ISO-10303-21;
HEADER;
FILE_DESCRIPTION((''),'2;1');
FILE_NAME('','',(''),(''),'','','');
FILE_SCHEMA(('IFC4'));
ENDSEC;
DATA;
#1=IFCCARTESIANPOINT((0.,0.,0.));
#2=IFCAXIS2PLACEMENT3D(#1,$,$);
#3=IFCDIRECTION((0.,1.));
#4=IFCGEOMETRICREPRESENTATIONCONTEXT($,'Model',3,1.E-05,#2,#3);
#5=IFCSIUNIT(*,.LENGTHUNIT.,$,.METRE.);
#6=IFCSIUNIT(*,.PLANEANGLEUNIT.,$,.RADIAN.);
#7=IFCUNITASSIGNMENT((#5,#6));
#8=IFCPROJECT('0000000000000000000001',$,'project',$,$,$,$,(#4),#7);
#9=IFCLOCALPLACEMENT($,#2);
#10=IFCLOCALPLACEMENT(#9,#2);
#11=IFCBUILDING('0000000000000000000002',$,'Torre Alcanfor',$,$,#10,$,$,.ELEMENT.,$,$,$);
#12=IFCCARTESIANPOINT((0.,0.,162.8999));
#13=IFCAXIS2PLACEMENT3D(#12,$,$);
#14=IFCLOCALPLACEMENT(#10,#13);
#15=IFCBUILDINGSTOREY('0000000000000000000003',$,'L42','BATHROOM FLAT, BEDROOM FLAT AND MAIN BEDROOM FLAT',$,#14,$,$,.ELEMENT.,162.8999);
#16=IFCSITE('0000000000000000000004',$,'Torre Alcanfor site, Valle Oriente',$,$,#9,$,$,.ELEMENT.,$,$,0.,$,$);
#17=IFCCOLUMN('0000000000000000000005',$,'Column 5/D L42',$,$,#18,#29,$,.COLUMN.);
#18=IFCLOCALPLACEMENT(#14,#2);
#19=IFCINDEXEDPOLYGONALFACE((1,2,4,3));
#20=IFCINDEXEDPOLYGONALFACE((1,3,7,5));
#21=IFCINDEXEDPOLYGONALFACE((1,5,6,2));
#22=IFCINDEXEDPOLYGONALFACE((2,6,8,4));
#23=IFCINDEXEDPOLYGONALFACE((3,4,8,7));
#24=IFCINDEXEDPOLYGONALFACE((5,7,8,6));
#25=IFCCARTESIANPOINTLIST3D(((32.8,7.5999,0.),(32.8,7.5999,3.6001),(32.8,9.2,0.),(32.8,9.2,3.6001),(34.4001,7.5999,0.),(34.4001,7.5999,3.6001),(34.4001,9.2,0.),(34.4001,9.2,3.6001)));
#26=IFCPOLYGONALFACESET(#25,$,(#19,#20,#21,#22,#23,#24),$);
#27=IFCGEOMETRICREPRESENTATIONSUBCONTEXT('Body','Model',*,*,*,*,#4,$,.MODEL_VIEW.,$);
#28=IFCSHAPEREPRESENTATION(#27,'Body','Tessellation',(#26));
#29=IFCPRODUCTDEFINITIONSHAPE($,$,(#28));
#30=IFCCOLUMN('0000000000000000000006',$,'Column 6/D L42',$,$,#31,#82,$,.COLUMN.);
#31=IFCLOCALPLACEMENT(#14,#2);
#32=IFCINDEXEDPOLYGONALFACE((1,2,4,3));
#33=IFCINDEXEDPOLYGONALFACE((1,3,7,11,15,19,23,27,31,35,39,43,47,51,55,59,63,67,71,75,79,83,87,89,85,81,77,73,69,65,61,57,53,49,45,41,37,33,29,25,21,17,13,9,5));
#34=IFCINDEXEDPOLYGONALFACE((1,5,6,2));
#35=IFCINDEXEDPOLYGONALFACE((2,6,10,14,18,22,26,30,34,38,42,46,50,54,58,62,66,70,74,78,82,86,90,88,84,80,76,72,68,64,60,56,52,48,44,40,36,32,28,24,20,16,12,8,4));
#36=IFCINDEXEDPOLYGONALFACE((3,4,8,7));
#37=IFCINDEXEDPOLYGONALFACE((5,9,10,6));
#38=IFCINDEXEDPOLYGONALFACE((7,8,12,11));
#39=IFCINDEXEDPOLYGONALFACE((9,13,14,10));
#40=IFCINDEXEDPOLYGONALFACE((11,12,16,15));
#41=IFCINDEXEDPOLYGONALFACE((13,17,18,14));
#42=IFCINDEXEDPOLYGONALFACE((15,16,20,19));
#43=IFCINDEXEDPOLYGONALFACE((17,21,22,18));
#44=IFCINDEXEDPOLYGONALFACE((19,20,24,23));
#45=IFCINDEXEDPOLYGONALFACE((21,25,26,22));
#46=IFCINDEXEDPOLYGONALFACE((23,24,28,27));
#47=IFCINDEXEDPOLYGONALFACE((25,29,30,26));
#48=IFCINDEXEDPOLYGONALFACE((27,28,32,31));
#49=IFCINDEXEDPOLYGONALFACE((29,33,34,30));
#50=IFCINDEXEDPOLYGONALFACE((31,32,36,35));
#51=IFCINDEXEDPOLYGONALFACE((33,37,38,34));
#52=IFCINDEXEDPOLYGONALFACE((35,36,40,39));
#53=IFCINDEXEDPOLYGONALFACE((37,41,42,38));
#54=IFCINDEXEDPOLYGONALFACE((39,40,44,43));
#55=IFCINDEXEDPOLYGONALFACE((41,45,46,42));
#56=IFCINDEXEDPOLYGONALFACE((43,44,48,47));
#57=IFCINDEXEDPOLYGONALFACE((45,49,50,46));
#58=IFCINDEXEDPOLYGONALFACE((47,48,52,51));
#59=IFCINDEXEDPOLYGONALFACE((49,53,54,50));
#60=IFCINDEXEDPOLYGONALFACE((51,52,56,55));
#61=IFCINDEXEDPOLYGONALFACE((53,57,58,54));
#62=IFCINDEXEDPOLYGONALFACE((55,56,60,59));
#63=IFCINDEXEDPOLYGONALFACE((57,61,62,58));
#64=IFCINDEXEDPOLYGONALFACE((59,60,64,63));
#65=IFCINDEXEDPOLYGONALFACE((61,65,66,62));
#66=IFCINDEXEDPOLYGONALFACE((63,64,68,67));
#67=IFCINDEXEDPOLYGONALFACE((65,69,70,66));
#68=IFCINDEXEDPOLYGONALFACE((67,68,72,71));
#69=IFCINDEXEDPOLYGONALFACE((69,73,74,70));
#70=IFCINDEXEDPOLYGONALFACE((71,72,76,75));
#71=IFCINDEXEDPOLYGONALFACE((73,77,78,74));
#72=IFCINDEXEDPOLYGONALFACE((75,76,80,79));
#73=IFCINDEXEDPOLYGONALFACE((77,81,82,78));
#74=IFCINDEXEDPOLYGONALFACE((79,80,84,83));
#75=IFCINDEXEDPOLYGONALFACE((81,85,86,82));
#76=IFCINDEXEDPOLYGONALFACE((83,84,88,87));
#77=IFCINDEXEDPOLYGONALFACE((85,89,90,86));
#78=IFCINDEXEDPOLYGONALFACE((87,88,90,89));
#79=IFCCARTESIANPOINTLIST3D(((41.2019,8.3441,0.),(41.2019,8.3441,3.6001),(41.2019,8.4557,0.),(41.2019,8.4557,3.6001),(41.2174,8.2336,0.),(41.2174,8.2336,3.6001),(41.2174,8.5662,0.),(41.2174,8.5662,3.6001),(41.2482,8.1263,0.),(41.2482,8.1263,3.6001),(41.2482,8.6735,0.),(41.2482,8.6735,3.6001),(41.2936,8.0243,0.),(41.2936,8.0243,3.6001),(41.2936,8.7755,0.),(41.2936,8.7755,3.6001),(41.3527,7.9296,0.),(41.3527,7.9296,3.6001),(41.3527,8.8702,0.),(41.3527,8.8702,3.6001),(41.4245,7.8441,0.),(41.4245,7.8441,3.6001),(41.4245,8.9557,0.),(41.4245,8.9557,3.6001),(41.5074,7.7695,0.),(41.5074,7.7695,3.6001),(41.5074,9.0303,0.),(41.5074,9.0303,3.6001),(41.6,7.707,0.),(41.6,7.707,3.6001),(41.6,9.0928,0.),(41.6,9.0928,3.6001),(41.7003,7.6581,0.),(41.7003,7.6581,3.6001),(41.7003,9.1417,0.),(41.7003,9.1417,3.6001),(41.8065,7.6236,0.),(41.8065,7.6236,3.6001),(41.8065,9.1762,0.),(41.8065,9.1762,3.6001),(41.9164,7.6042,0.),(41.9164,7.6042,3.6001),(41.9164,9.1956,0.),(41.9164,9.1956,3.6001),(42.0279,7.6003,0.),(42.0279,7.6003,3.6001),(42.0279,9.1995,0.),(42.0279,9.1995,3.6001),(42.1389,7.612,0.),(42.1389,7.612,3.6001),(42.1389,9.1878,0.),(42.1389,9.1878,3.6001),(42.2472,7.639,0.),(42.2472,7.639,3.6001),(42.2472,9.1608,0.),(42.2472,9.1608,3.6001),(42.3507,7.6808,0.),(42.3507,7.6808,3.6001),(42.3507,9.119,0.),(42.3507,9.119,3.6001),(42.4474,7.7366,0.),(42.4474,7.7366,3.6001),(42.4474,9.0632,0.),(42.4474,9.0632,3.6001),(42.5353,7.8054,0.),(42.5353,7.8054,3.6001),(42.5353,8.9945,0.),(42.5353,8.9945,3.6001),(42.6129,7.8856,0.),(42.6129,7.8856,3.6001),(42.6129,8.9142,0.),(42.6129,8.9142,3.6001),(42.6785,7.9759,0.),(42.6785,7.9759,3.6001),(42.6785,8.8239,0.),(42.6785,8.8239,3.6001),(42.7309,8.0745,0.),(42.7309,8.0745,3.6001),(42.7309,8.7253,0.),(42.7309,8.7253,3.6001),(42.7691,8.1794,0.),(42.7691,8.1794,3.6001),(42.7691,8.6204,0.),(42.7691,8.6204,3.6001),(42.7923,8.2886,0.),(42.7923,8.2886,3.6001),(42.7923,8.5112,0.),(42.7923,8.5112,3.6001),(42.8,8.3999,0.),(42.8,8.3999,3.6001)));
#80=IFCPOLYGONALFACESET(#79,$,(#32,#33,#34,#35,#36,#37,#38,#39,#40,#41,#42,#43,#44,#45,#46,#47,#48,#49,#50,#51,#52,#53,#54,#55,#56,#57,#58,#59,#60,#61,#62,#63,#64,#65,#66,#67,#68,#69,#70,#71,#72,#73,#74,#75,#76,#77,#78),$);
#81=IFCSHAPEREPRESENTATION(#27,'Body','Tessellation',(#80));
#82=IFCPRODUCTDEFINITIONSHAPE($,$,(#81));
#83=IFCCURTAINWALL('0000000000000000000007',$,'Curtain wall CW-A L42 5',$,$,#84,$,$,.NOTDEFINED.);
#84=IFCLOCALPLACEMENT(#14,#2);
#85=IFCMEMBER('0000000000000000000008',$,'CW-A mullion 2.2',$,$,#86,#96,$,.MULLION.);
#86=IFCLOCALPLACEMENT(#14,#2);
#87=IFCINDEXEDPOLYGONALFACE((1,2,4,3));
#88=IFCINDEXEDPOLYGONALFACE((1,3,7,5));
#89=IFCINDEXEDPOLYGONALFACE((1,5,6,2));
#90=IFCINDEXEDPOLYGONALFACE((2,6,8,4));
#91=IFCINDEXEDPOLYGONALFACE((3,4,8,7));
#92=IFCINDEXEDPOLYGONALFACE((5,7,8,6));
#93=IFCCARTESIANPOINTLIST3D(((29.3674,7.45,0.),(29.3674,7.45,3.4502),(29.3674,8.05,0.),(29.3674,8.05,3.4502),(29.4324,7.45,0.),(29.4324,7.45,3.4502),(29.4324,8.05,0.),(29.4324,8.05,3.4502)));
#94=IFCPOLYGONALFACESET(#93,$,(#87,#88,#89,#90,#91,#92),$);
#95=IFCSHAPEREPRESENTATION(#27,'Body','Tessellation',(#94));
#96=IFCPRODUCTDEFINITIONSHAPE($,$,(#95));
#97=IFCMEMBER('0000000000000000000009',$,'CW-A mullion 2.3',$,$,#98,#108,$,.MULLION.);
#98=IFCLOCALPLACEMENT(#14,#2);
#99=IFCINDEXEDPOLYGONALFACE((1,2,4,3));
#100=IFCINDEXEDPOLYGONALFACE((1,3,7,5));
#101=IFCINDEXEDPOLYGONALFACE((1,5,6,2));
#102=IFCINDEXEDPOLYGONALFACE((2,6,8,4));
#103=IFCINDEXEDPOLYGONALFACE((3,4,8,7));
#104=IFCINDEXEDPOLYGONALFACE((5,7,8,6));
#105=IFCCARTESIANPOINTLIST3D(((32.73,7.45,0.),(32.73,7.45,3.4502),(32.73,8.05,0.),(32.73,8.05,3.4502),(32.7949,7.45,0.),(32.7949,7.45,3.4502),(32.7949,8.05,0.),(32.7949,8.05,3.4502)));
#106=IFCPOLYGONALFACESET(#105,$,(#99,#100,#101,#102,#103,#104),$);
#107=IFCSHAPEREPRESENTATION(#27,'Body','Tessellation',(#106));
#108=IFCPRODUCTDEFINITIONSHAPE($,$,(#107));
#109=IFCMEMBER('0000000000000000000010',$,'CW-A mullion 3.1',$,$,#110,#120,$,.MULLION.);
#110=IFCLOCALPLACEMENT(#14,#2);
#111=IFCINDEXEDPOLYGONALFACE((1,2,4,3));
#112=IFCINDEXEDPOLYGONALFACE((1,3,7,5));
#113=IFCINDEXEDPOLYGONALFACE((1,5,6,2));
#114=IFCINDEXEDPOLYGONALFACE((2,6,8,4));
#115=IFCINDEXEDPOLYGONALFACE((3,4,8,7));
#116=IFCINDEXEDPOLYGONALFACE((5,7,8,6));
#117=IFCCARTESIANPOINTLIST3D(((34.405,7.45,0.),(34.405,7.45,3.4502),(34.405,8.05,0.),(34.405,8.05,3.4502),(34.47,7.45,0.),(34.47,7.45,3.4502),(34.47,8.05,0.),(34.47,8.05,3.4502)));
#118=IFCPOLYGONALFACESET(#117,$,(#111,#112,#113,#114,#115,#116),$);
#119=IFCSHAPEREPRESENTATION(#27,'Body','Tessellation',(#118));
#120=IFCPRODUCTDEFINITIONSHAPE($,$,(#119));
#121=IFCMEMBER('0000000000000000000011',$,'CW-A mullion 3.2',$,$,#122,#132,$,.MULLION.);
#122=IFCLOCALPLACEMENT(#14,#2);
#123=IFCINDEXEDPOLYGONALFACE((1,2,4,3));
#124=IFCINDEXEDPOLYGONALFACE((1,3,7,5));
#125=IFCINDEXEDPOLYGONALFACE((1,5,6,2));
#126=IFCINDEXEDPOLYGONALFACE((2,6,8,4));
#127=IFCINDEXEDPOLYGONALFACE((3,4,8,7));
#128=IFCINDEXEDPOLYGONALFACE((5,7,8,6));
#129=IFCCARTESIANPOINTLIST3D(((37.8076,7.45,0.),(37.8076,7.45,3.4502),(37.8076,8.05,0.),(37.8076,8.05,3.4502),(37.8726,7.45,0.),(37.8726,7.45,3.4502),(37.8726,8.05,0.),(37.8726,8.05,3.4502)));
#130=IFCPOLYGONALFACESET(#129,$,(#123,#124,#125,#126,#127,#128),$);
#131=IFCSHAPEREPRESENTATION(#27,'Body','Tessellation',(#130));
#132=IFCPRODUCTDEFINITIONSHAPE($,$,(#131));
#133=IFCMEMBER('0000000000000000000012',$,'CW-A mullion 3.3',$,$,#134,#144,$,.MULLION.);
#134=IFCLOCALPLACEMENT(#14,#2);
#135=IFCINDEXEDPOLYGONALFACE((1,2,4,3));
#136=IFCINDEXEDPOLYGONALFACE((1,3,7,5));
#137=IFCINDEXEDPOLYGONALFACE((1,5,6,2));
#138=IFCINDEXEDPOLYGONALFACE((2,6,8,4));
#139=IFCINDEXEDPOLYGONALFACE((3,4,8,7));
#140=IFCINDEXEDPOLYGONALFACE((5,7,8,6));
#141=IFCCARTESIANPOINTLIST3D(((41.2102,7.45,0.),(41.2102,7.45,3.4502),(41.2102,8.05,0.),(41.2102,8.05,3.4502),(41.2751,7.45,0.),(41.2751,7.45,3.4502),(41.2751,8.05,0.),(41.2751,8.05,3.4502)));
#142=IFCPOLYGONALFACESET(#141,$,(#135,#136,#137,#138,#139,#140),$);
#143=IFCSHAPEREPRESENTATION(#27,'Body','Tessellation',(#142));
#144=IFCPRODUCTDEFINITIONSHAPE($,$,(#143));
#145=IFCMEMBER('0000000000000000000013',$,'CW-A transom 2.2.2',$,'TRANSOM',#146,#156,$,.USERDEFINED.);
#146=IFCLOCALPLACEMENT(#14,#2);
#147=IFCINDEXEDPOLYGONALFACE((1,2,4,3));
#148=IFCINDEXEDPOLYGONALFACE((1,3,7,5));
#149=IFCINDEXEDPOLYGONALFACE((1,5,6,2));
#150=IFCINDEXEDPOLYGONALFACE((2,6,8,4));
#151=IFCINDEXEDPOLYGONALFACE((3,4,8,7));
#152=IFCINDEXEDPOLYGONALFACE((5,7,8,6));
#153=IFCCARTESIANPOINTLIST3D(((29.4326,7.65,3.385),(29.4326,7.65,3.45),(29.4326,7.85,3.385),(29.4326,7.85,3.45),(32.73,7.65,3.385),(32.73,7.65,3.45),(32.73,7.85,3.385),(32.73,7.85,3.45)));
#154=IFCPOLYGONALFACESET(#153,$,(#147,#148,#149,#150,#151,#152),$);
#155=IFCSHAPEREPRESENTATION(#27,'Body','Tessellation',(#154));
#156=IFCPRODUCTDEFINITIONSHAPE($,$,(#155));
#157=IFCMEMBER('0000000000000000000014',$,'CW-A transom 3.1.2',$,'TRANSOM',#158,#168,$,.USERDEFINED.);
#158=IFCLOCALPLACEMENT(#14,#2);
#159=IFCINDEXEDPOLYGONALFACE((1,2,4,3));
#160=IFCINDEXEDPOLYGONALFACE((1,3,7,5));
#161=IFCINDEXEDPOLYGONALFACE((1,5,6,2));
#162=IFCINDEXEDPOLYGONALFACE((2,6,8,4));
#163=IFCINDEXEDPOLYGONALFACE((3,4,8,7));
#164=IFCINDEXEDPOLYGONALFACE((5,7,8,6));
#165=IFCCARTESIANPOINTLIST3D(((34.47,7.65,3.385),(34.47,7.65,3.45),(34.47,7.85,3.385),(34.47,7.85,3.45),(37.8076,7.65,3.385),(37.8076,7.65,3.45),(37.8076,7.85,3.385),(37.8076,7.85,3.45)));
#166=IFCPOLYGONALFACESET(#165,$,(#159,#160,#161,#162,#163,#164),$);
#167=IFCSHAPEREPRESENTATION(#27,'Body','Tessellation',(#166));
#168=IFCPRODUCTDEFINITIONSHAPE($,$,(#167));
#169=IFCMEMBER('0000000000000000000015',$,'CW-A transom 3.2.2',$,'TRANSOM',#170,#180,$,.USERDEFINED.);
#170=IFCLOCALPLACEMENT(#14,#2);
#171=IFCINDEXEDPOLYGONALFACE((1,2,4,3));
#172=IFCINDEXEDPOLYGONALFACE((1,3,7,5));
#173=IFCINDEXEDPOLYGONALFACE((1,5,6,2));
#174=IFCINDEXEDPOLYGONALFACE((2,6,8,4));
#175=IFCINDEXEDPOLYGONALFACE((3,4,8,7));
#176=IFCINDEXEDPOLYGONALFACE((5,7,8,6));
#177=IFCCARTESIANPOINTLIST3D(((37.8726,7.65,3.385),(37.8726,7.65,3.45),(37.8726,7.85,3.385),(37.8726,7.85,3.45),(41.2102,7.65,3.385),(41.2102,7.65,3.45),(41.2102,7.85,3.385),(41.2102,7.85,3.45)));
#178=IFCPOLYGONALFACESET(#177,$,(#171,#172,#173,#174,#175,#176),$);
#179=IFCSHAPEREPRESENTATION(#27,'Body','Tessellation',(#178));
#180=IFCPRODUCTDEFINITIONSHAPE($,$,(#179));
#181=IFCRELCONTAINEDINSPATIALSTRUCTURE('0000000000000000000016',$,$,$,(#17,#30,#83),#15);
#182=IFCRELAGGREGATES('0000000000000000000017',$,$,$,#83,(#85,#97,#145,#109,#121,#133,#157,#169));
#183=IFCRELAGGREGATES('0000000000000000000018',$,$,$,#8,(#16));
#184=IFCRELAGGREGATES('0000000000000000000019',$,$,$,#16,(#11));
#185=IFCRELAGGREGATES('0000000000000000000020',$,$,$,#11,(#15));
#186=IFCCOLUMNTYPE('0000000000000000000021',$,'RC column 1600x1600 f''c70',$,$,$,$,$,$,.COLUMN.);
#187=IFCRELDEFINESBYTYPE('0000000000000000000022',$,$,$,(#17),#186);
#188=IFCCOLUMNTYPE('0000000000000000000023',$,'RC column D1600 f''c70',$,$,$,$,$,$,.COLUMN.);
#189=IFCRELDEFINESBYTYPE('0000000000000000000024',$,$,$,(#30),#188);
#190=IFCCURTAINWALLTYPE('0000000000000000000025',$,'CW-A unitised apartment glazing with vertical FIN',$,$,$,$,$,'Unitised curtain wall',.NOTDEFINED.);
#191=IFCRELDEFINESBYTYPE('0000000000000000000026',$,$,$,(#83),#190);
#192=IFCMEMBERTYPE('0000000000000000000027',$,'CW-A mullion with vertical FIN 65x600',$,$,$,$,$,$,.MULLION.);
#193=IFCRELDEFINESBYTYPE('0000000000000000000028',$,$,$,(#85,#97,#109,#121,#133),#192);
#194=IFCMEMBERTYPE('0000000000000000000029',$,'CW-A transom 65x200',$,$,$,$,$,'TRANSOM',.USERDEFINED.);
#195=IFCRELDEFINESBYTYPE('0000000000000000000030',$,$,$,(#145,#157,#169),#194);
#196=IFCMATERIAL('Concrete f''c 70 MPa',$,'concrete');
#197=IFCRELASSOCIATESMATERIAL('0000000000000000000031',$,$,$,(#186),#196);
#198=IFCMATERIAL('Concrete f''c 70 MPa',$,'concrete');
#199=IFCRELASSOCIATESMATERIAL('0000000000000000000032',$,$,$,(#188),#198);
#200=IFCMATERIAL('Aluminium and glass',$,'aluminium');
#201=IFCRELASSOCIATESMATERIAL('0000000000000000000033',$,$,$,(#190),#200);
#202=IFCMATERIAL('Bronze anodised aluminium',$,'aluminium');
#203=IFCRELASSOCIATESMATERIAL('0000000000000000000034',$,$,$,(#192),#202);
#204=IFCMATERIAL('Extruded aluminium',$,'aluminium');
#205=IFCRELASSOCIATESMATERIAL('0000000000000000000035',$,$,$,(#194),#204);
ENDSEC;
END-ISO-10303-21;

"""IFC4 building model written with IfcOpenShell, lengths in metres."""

from ifc_helpers import new_model, si_unit, direction, frame, origin, origin_2d, place, context, subcontext, project, spatial, rectangle, circle, extrude, material, material_profile, profile_set, type_object, element, aggregate, save


model = new_model("IFC4")

# Units and contexts
model_context = context("Model", 3, precision=1e-05, world=origin(), true_north=direction((0.0, 1.0)))
body_context = subcontext(model_context, "Body", "Model", "MODEL_VIEW")
ifc_project = project(units=[si_unit("LENGTHUNIT", "METRE"), si_unit("PLANEANGLEUNIT", "RADIAN")], contexts=[model_context])

# Site, building, storey
site_placement = place(None, origin())
site = spatial("IfcSite", under=ifc_project, at=site_placement, Name="Torre Alcanfor site, Valle Oriente", CompositionType="ELEMENT", RefElevation=0.0)
building_placement = place(site_placement, origin())
building = spatial("IfcBuilding", under=site, at=building_placement, Name="Torre Alcanfor", CompositionType="ELEMENT")
storey_placement = place(building_placement, frame((0.0, 0.0, 162.8999)))
storey = spatial("IfcBuildingStorey", under=building, at=storey_placement, Name="L42", Description="BATHROOM FLAT, BEDROOM FLAT AND MAIN BEDROOM FLAT", CompositionType="ELEMENT", Elevation=162.8999)

# Columns
ifc_material_1 = material(Name="Concrete f'c 70 MPa", Category="concrete")
ifc_material_profile_1 = material_profile(ifc_material_1, rectangle(XDim=1.6001, YDim=1.6001, at=origin_2d()), Name="1600x1600")
ifc_profile_set_1 = profile_set([ifc_material_profile_1], Name="Concrete f'c 70 MPa")
column_type_1 = type_object("IfcColumnType", Name="RC column 1600x1600 f'c70", PredefinedType="COLUMN", material=ifc_profile_set_1)
column_1_placement = place(storey_placement, frame((33.6001, 8.3999, 0.0), z_axis=(0.0, 0.0, 1.0), x_axis=(1.0, 0.0, 0.0)))
element("IfcColumn", 1, at=column_1_placement, inside=storey, type_object=column_type_1, Name="Column 5/D L42", PredefinedType="COLUMN", context=body_context, shape_type="SweptSolid", body=[
    extrude(rectangle(XDim=1.6001, YDim=1.6001, at=origin_2d()), origin(), (0.0, 0.0, 1.0), 3.6001),
])
ifc_material_2 = material(Name="Concrete f'c 70 MPa", Category="concrete")
ifc_material_profile_2 = material_profile(ifc_material_2, circle(Radius=0.8, at=origin_2d()), Name="D1600")
ifc_profile_set_2 = profile_set([ifc_material_profile_2], Name="Concrete f'c 70 MPa")
column_type_2 = type_object("IfcColumnType", Name="RC column D1600 f'c70", PredefinedType="COLUMN", material=ifc_profile_set_2)
column_2_placement = place(storey_placement, frame((42.0, 8.3999, 0.0), z_axis=(0.0, 0.0, 1.0), x_axis=(1.0, 0.0, 0.0)))
element("IfcColumn", 2, at=column_2_placement, inside=storey, type_object=column_type_2, Name="Column 6/D L42", PredefinedType="COLUMN", context=body_context, shape_type="SweptSolid", body=[
    extrude(circle(Radius=0.8, at=origin_2d()), origin(), (0.0, 0.0, 1.0), 3.6001),
])

# Curtain wall, members
ifc_material_3 = material(Name="Aluminium and glass", Category="aluminium")
curtain_wall_type = type_object("IfcCurtainWallType", Name="CW-A unitised apartment glazing with vertical FIN", ElementType="Unitised curtain wall", PredefinedType="NOTDEFINED", material=ifc_material_3)
curtain_wall_placement = place(storey_placement, origin())
curtain_wall = element("IfcCurtainWall", 3, at=curtain_wall_placement, inside=storey, type_object=curtain_wall_type, Name="Curtain wall CW-A L42 5", PredefinedType="NOTDEFINED")
ifc_material_4 = material(Name="Bronze anodised aluminium", Category="aluminium")
ifc_material_profile_3 = material_profile(ifc_material_4, rectangle(XDim=0.6001, YDim=0.0649, at=origin_2d()), Name="CW-A mullion 65x600")
ifc_profile_set_3 = profile_set([ifc_material_profile_3], Name="Bronze anodised aluminium")
member_type_1 = type_object("IfcMemberType", Name="CW-A mullion with vertical FIN 65x600", PredefinedType="MULLION", material=ifc_profile_set_3)
member_1_placement = place(storey_placement, frame((29.3999, 7.75, 0.0), z_axis=(0.0, 0.0, 1.0), x_axis=(0.0, 1.0, 0.0)))
member_1 = element("IfcMember", 4, at=member_1_placement, type_object=member_type_1, Name="CW-A mullion 2.2", PredefinedType="MULLION", context=body_context, shape_type="SweptSolid", body=[
    extrude(rectangle(XDim=0.6001, YDim=0.0649, at=origin_2d()), origin(), (0.0, 0.0, 1.0), 3.4502),
])
member_2_placement = place(storey_placement, frame((32.7625, 7.75, 0.0), z_axis=(0.0, 0.0, 1.0), x_axis=(0.0, 1.0, 0.0)))
member_2 = element("IfcMember", 5, at=member_2_placement, type_object=member_type_1, Name="CW-A mullion 2.3", PredefinedType="MULLION", context=body_context, shape_type="SweptSolid", body=[
    extrude(rectangle(XDim=0.6001, YDim=0.0649, at=origin_2d()), origin(), (0.0, 0.0, 1.0), 3.4502),
])
member_3_placement = place(storey_placement, frame((34.4375, 7.75, 0.0), z_axis=(0.0, 0.0, 1.0), x_axis=(0.0, 1.0, 0.0)))
member_3 = element("IfcMember", 6, at=member_3_placement, type_object=member_type_1, Name="CW-A mullion 3.1", PredefinedType="MULLION", context=body_context, shape_type="SweptSolid", body=[
    extrude(rectangle(XDim=0.6001, YDim=0.0649, at=origin_2d()), origin(), (0.0, 0.0, 1.0), 3.4502),
])
member_4_placement = place(storey_placement, frame((37.8401, 7.75, 0.0), z_axis=(0.0, 0.0, 1.0), x_axis=(0.0, 1.0, 0.0)))
member_4 = element("IfcMember", 7, at=member_4_placement, type_object=member_type_1, Name="CW-A mullion 3.2", PredefinedType="MULLION", context=body_context, shape_type="SweptSolid", body=[
    extrude(rectangle(XDim=0.6001, YDim=0.0649, at=origin_2d()), origin(), (0.0, 0.0, 1.0), 3.4502),
])
member_5_placement = place(storey_placement, frame((41.2427, 7.75, 0.0), z_axis=(0.0, 0.0, 1.0), x_axis=(0.0, 1.0, 0.0)))
member_5 = element("IfcMember", 8, at=member_5_placement, type_object=member_type_1, Name="CW-A mullion 3.3", PredefinedType="MULLION", context=body_context, shape_type="SweptSolid", body=[
    extrude(rectangle(XDim=0.6001, YDim=0.0649, at=origin_2d()), origin(), (0.0, 0.0, 1.0), 3.4502),
])
ifc_material_5 = material(Name="Extruded aluminium", Category="aluminium")
ifc_material_profile_4 = material_profile(ifc_material_5, rectangle(XDim=0.2, YDim=0.0649, at=origin_2d()), Name="CW-A transom 200x65")
ifc_profile_set_4 = profile_set([ifc_material_profile_4], Name="Extruded aluminium")
member_type_2 = type_object("IfcMemberType", Name="CW-A transom 65x200", ElementType="TRANSOM", PredefinedType="USERDEFINED", material=ifc_profile_set_4)
member_6_placement = place(storey_placement, frame((29.4326, 7.75, 3.4175), z_axis=(1.0, 0.0, 0.0), x_axis=(0.0, 1.0, 0.0)))
member_6 = element("IfcMember", 9, at=member_6_placement, type_object=member_type_2, Name="CW-A transom 2.2.2", ObjectType="TRANSOM", PredefinedType="USERDEFINED", context=body_context, shape_type="SweptSolid", body=[
    extrude(rectangle(XDim=0.2, YDim=0.0649, at=origin_2d()), origin(), (0.0, 0.0, 1.0), 3.2974),
])
member_7_placement = place(storey_placement, frame((34.47, 7.75, 3.4175), z_axis=(1.0, 0.0, 0.0), x_axis=(0.0, 1.0, 0.0)))
member_7 = element("IfcMember", 10, at=member_7_placement, type_object=member_type_2, Name="CW-A transom 3.1.2", ObjectType="TRANSOM", PredefinedType="USERDEFINED", context=body_context, shape_type="SweptSolid", body=[
    extrude(rectangle(XDim=0.2, YDim=0.0649, at=origin_2d()), origin(), (0.0, 0.0, 1.0), 3.3376),
])
member_8_placement = place(storey_placement, frame((37.8726, 7.75, 3.4175), z_axis=(1.0, 0.0, 0.0), x_axis=(0.0, 1.0, 0.0)))
member_8 = element("IfcMember", 11, at=member_8_placement, type_object=member_type_2, Name="CW-A transom 3.2.2", ObjectType="TRANSOM", PredefinedType="USERDEFINED", context=body_context, shape_type="SweptSolid", body=[
    extrude(rectangle(XDim=0.2, YDim=0.0649, at=origin_2d()), origin(), (0.0, 0.0, 1.0), 3.3376),
])

aggregate(curtain_wall, [member_1, member_2, member_6, member_3, member_4, member_5, member_7, member_8])

save(model, "model.ifc")
